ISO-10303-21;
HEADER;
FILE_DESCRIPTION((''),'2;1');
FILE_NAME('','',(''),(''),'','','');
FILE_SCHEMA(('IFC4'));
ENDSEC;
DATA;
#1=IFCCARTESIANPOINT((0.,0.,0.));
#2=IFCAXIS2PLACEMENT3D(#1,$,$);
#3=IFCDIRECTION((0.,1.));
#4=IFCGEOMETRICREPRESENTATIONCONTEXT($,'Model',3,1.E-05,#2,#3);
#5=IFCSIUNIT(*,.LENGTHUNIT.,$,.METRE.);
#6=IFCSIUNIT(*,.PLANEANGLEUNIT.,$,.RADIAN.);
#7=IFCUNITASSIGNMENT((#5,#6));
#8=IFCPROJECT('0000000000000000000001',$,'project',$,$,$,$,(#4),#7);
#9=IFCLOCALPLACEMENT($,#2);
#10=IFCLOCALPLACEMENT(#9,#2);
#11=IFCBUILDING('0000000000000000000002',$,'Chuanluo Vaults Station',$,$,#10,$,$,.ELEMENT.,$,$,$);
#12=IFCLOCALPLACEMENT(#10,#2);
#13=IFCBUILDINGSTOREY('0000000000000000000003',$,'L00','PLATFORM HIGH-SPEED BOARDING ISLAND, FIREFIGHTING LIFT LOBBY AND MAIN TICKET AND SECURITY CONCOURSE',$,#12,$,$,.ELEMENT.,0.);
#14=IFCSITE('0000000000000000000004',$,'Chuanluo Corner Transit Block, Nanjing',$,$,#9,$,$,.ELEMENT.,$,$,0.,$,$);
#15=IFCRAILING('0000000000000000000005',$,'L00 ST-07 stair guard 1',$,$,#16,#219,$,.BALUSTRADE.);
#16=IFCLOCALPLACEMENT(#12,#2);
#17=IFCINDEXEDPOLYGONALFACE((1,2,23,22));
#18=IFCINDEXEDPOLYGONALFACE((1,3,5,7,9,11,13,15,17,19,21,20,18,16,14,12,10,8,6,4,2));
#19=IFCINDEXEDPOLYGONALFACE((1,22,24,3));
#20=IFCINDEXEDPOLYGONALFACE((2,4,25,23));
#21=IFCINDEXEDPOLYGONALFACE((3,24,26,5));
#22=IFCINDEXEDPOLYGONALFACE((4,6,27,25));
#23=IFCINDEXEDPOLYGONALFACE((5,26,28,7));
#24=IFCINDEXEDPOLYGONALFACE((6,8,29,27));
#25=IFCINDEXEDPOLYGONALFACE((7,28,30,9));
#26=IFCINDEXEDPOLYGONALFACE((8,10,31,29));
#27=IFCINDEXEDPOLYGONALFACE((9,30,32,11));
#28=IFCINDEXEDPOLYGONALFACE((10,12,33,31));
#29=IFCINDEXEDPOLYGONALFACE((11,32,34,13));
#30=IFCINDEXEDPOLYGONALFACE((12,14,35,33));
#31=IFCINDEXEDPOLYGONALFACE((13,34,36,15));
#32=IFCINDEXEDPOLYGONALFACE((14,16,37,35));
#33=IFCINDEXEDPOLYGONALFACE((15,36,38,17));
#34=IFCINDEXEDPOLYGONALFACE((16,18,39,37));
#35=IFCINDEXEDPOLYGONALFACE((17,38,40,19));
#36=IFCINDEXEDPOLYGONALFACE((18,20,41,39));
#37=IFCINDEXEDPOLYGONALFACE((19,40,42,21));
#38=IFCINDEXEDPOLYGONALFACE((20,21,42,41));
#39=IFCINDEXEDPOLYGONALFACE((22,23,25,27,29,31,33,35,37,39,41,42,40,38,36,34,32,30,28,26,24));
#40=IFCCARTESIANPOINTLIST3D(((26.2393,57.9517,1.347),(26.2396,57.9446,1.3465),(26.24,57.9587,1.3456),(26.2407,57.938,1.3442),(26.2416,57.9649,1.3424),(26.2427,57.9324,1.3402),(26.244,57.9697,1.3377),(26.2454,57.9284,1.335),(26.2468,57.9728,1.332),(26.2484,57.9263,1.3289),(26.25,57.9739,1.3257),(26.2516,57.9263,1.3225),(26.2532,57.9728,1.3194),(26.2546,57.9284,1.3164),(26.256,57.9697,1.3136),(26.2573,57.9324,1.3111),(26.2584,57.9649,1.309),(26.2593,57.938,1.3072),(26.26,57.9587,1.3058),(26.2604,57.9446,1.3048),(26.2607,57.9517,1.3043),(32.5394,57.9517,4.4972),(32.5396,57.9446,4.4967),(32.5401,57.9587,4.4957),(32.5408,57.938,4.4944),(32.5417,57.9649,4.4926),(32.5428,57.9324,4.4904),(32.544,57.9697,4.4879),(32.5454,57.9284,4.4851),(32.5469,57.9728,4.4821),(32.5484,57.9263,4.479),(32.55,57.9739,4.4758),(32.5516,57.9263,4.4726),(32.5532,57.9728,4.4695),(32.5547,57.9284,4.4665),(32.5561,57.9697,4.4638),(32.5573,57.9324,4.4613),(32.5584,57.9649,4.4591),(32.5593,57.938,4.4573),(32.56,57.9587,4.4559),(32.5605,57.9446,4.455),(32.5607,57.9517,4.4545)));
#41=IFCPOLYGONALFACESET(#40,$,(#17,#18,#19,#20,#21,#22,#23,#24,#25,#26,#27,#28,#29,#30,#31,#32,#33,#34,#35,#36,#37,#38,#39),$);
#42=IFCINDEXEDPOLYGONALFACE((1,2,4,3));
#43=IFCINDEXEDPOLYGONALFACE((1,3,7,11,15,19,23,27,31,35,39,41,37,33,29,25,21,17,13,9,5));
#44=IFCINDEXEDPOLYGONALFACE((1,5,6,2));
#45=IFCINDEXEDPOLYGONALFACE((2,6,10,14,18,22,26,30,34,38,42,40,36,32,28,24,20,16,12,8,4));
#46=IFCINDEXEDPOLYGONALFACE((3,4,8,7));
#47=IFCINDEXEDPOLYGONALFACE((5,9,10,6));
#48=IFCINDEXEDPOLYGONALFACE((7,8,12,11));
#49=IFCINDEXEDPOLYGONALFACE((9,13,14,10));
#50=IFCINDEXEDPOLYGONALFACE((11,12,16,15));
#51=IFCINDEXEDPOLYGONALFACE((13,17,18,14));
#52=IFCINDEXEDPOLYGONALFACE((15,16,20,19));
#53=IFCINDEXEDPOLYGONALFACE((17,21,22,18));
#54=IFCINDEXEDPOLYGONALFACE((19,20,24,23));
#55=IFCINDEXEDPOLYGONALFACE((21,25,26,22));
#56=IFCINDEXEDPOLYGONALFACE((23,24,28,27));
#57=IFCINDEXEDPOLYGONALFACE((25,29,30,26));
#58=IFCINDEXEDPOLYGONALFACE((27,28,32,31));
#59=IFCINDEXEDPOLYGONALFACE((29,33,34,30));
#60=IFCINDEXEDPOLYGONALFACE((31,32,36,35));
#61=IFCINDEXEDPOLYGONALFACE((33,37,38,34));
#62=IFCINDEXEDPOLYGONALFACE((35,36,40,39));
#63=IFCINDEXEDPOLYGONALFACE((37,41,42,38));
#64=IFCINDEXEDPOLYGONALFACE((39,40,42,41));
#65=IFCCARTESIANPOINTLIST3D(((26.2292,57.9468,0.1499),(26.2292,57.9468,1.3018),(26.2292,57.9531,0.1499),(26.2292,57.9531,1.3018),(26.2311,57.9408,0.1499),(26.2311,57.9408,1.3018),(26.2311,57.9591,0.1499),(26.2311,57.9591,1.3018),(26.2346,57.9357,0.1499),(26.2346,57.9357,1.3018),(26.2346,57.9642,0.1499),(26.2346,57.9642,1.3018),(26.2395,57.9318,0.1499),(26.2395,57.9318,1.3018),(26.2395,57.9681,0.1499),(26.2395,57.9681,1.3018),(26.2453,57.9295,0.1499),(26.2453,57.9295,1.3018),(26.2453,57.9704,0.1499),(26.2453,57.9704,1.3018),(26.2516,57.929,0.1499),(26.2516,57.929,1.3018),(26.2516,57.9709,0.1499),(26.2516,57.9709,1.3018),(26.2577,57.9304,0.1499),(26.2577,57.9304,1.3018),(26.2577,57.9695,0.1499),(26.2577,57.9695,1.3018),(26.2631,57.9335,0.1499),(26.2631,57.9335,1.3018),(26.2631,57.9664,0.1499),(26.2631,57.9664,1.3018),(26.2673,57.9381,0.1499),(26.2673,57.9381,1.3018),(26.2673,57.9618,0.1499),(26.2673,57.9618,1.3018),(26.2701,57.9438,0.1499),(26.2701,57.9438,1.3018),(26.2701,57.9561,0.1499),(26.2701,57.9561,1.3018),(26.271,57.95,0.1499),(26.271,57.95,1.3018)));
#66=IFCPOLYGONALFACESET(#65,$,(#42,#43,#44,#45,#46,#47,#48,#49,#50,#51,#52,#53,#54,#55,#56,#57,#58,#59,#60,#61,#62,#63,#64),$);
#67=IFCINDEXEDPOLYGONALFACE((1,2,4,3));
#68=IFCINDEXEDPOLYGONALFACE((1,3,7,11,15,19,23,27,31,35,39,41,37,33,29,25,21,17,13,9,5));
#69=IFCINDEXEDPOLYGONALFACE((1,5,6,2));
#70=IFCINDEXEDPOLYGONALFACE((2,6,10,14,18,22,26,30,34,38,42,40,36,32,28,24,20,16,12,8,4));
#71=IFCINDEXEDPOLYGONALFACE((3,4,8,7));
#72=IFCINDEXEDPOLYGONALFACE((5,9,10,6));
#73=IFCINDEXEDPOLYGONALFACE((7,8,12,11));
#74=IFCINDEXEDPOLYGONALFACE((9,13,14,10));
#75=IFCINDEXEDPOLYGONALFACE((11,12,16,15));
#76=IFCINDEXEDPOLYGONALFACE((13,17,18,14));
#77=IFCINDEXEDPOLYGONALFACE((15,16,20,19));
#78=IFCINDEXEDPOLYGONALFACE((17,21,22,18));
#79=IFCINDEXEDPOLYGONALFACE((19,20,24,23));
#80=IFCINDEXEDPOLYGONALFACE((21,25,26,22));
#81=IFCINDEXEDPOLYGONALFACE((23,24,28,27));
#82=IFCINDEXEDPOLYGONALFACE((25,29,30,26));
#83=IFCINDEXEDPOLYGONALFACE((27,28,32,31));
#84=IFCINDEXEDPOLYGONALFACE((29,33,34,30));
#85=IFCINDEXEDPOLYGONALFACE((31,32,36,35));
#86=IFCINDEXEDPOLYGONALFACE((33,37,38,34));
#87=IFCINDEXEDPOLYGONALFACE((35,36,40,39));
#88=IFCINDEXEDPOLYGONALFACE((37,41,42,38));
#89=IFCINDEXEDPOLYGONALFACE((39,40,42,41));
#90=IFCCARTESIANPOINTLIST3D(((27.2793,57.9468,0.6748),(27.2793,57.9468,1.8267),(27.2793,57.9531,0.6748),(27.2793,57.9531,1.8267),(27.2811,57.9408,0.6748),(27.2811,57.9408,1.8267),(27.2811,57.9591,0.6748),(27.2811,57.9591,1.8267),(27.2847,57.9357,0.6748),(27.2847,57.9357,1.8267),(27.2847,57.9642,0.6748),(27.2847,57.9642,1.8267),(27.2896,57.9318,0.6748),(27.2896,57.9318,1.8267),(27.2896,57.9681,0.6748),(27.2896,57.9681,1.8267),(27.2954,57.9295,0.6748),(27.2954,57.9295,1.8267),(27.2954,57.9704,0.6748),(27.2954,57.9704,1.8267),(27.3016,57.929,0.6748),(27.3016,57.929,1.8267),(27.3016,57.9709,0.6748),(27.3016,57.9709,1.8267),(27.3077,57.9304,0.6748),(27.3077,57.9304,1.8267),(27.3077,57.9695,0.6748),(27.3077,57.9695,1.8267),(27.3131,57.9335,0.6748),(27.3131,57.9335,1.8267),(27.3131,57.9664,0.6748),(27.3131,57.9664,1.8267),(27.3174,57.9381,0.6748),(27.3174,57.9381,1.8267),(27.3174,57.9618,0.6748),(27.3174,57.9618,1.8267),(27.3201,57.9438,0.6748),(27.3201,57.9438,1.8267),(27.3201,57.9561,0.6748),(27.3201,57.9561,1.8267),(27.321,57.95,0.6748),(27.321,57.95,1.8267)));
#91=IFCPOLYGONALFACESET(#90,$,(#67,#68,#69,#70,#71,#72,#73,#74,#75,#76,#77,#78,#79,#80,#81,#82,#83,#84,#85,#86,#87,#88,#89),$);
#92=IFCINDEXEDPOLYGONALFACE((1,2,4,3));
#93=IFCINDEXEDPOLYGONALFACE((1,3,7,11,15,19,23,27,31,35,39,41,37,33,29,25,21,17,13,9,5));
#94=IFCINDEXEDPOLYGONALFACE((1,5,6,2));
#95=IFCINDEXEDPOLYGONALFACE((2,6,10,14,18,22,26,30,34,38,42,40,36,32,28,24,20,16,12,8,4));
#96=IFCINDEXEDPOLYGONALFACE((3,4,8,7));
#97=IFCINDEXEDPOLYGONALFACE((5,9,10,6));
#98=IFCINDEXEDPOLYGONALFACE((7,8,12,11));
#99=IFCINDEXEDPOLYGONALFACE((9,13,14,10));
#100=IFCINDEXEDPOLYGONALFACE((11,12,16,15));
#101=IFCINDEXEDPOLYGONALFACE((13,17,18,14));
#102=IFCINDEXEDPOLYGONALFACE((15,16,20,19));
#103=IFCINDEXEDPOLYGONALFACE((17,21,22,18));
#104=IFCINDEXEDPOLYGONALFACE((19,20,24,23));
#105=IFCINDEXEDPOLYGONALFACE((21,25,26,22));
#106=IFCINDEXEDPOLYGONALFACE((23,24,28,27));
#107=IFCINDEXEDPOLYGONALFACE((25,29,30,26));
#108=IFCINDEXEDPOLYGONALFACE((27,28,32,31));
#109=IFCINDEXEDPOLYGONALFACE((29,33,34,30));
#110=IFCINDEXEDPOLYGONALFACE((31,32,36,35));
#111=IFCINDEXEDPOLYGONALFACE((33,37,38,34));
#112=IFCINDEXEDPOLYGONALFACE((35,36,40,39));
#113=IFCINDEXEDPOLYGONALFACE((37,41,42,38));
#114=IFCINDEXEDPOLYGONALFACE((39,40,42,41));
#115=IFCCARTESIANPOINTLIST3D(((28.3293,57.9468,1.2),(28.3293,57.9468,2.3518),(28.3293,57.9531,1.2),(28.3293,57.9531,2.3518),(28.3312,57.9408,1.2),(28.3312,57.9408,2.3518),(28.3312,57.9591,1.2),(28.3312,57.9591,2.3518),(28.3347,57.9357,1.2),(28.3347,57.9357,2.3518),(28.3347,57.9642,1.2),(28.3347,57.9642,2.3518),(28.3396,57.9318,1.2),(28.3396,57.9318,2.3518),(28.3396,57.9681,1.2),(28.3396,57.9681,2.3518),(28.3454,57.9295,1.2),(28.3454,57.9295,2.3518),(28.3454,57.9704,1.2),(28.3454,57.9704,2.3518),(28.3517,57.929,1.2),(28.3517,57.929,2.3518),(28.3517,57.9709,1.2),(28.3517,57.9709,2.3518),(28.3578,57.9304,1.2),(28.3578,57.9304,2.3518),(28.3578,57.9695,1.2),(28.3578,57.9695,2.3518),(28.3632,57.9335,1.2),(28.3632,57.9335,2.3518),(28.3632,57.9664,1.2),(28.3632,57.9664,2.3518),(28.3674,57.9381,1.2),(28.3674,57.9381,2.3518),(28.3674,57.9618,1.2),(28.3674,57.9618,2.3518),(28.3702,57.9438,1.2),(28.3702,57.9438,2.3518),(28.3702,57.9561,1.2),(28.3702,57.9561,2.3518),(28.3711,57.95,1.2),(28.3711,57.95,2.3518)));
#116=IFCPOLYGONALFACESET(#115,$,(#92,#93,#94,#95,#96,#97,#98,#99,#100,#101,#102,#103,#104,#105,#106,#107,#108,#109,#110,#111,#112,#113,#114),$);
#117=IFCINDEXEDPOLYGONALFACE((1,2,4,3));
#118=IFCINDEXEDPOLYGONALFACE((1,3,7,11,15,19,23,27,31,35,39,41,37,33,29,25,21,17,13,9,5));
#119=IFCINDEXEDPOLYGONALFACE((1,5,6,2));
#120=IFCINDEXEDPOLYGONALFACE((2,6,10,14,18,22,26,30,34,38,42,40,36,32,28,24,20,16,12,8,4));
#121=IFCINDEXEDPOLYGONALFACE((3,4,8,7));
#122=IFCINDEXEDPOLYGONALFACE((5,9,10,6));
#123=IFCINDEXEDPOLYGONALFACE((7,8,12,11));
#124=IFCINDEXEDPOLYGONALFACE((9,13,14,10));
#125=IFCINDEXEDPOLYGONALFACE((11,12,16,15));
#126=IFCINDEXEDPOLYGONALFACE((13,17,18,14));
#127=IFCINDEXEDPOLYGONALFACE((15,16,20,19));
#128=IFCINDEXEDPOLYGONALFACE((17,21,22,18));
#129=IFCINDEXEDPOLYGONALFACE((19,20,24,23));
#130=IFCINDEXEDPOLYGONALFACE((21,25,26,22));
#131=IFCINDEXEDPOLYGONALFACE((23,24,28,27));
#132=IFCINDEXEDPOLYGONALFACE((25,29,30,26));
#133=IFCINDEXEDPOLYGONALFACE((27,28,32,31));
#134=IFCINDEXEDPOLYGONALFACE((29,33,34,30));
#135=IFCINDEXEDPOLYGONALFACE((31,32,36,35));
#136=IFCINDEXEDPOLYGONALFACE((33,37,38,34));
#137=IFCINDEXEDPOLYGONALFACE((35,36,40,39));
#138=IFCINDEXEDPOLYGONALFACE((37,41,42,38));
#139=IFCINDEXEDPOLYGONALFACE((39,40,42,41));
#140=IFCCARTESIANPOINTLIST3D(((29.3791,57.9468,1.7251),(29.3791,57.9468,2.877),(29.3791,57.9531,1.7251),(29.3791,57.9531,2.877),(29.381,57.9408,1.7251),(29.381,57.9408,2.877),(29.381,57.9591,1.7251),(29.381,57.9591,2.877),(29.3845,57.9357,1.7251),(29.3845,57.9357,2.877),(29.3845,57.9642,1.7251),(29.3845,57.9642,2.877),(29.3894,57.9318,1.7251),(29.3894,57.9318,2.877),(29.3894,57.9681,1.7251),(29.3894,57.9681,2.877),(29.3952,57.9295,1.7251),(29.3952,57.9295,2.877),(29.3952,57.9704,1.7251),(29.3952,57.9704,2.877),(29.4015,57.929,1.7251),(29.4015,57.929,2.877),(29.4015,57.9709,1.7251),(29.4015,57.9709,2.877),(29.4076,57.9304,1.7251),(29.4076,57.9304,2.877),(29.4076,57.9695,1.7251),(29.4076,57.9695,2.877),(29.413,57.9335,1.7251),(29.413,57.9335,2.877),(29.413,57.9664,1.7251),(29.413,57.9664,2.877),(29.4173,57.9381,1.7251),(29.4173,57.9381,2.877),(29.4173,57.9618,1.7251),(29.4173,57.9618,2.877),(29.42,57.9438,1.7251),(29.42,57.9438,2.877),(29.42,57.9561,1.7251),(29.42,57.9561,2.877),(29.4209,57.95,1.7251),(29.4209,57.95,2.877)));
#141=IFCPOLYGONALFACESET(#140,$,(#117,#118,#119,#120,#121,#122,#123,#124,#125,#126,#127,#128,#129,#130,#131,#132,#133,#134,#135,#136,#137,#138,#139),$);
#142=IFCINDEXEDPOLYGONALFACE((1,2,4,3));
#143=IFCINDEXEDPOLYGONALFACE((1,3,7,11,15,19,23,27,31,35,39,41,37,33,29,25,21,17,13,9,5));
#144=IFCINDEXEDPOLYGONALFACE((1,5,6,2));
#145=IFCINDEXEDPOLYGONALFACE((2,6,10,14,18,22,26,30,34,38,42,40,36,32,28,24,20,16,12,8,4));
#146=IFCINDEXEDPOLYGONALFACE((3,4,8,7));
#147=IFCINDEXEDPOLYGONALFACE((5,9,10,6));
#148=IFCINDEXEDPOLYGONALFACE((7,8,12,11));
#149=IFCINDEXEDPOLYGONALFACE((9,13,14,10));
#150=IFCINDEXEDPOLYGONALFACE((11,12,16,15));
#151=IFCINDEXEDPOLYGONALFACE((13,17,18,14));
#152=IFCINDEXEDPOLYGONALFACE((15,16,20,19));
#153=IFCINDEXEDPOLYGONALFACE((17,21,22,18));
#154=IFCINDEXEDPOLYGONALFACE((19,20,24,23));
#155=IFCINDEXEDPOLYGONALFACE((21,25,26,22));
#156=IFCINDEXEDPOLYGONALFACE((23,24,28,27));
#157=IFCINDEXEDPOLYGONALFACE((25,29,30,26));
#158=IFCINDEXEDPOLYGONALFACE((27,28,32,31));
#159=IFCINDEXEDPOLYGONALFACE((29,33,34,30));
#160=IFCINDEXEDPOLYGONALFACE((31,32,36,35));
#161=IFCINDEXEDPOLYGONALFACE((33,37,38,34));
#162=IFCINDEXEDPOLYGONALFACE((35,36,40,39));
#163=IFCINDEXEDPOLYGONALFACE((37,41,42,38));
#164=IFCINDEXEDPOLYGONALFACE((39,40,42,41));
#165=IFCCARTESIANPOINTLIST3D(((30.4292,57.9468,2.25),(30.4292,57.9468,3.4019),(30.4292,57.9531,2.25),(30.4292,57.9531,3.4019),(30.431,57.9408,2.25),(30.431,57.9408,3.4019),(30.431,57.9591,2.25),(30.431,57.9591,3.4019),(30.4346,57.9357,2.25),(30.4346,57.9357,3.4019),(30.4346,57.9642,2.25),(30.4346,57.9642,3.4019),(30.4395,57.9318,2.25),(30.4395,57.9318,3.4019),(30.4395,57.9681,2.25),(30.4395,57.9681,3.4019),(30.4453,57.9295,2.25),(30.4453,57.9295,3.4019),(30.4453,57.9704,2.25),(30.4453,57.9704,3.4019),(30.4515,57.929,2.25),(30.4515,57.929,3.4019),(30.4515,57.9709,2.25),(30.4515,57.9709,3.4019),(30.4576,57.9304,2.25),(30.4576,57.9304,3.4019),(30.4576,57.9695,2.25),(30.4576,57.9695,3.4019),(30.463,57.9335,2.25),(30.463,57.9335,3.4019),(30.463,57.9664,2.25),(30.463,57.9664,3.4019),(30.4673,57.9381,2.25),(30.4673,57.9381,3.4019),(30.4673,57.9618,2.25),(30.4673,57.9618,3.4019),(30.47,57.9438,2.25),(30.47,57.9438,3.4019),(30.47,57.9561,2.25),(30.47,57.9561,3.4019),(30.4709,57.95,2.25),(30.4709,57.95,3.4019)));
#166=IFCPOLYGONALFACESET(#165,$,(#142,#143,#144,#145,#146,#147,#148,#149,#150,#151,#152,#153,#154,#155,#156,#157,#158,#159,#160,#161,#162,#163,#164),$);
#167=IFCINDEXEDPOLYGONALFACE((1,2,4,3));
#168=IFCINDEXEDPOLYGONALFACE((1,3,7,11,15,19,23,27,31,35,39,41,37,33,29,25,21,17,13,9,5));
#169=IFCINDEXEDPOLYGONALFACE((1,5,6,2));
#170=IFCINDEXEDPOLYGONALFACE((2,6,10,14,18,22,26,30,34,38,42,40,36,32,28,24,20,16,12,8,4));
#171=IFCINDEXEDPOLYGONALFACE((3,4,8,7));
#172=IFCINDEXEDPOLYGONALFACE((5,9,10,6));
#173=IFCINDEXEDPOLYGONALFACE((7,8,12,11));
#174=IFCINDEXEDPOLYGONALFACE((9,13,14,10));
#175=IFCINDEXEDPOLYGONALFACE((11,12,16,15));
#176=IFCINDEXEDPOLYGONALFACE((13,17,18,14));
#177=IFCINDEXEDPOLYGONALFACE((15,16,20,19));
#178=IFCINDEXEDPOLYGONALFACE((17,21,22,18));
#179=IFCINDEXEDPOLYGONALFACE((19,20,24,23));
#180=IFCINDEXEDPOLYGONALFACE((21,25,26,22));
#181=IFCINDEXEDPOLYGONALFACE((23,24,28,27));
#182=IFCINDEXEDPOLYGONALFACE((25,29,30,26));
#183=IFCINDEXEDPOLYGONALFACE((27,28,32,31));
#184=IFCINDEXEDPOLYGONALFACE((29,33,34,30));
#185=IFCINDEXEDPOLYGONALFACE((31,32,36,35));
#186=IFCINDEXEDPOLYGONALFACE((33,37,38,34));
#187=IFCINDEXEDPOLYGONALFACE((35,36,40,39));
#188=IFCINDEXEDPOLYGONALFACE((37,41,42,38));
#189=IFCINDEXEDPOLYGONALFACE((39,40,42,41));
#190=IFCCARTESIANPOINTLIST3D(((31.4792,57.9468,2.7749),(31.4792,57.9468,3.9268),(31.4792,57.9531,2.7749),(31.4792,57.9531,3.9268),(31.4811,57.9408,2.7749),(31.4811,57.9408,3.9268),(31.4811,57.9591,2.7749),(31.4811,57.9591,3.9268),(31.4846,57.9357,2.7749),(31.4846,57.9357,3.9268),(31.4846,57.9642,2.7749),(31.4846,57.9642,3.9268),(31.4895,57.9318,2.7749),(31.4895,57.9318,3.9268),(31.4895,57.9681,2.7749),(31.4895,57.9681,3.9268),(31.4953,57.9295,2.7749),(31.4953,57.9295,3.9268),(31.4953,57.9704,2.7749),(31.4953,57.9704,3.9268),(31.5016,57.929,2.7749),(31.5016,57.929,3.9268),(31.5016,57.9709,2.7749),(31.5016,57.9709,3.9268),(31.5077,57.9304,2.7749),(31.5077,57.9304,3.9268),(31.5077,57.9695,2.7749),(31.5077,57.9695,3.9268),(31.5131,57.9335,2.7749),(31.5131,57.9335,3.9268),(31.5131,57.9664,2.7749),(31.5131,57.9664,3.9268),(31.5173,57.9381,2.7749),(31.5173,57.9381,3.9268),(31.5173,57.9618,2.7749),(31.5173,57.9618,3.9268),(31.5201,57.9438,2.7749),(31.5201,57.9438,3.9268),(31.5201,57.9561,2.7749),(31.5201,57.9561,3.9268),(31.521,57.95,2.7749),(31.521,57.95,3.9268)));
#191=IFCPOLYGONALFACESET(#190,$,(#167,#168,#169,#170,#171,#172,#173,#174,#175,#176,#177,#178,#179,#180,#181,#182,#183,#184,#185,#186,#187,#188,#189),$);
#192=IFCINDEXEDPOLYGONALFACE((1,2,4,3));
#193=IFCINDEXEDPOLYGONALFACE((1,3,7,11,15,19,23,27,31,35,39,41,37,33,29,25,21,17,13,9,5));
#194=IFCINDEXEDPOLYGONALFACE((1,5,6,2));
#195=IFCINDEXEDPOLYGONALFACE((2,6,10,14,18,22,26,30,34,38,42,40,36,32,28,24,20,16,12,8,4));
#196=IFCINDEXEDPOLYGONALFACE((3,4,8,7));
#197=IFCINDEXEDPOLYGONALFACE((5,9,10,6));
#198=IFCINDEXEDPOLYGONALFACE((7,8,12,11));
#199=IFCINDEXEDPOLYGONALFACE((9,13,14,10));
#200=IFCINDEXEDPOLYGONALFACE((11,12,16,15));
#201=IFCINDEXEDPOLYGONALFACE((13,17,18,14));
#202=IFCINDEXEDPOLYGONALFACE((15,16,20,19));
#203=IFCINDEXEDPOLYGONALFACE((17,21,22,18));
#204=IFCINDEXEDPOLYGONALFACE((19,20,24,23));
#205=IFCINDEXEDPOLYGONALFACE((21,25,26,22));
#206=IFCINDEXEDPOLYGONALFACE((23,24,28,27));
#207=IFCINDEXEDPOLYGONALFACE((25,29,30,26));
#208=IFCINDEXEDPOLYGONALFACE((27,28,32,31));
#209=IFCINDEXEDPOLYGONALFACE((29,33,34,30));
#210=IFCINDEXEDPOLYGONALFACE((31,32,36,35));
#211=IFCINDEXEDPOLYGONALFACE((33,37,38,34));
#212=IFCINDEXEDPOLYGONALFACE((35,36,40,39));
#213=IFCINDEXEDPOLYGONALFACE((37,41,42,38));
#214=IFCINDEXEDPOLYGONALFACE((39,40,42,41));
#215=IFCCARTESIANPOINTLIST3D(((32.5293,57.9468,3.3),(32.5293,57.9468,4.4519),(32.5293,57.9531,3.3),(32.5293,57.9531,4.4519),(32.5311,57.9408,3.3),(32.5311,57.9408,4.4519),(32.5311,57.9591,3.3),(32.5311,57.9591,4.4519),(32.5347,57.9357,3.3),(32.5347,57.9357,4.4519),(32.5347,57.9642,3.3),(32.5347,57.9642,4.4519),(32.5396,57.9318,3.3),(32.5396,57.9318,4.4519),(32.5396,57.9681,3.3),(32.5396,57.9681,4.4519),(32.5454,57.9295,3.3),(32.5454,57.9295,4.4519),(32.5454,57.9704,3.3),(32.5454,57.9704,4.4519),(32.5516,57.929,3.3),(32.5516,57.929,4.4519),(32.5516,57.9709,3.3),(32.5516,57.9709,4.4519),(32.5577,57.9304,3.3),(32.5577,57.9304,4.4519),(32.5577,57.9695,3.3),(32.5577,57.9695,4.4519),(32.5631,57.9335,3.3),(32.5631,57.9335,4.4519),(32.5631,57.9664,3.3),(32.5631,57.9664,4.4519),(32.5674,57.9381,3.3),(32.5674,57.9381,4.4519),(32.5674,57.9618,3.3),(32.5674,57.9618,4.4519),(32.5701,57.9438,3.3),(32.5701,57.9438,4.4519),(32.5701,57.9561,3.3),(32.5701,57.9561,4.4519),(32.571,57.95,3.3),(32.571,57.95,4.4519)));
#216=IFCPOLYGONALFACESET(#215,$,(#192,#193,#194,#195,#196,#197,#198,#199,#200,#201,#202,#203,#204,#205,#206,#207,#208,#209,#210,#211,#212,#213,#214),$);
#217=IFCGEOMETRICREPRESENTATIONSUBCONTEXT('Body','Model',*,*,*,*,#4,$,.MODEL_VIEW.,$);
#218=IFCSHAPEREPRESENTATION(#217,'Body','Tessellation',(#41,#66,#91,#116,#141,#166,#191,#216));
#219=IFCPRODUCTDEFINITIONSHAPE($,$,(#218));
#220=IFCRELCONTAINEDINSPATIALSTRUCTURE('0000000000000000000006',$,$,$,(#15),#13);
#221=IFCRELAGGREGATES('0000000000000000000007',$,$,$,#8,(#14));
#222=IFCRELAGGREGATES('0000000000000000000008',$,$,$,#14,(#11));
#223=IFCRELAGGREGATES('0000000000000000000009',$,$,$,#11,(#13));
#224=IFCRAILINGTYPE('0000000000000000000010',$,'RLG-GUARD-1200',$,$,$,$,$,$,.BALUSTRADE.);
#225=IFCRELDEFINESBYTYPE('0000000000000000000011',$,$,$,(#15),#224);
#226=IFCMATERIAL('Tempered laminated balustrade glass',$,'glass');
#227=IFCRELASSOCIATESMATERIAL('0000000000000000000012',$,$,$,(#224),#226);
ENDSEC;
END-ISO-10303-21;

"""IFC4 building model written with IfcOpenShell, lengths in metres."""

from ifc_helpers import new_model, si_unit, direction, frame, origin, origin_2d, place, context, subcontext, project, spatial, circle, extrude, material, type_object, element, save


model = new_model("IFC4")

# Units and contexts
model_context = context("Model", 3, precision=1e-05, world=origin(), true_north=direction((0.0, 1.0)))
body_context = subcontext(model_context, "Body", "Model", "MODEL_VIEW")
ifc_project = project(units=[si_unit("LENGTHUNIT", "METRE"), si_unit("PLANEANGLEUNIT", "RADIAN")], contexts=[model_context])

# Site, building, storey
site_placement = place(None, origin())
site = spatial("IfcSite", under=ifc_project, at=site_placement, Name="Chuanluo Corner Transit Block, Nanjing", CompositionType="ELEMENT", RefElevation=0.0)
building_placement = place(site_placement, origin())
building = spatial("IfcBuilding", under=site, at=building_placement, Name="Chuanluo Vaults Station", CompositionType="ELEMENT")
storey_placement = place(building_placement, origin())
storey = spatial("IfcBuildingStorey", under=building, at=storey_placement, Name="L00", Description="PLATFORM HIGH-SPEED BOARDING ISLAND, FIREFIGHTING LIFT LOBBY AND MAIN TICKET AND SECURITY CONCOURSE", CompositionType="ELEMENT", Elevation=0.0)

# Railing
ifc_material_1 = material(Name="Tempered laminated balustrade glass", Category="glass")
railing_type_1 = type_object("IfcRailingType", Name="RLG-GUARD-1200", PredefinedType="BALUSTRADE", material=ifc_material_1)
railing_1_placement = place(storey_placement, frame((26.25, 57.95, 0.1499)))
element("IfcRailing", 1, at=railing_1_placement, inside=storey, type_object=railing_type_1, Name="L00 ST-07 stair guard 1", PredefinedType="BALUSTRADE", context=body_context, shape_type="SweptSolid", body=[
    extrude(circle(Radius=0.0239, at=origin_2d()), frame((0.0, 0.0, 1.1758), z_axis=(0.89442, 0.0, 0.447227), x_axis=(0.0, 1.0, 0.0)), (0.0, 0.0, 1.0), 7.0437),
    extrude(circle(Radius=0.021, at=origin_2d()), origin(), (0.0, 0.0, 1.0), 1.1519),
    extrude(circle(Radius=0.021, at=origin_2d()), frame((1.05, 0.0, 0.5249)), (0.0, 0.0, 1.0), 1.1519),
    extrude(circle(Radius=0.021, at=origin_2d()), frame((2.1001, 0.0, 1.05)), (0.0, 0.0, 1.0), 1.1519),
    extrude(circle(Radius=0.021, at=origin_2d()), frame((3.1499, 0.0, 1.5752)), (0.0, 0.0, 1.0), 1.1519),
    extrude(circle(Radius=0.021, at=origin_2d()), frame((4.2, 0.0, 2.1001)), (0.0, 0.0, 1.0), 1.1519),
    extrude(circle(Radius=0.021, at=origin_2d()), frame((5.25, 0.0, 2.625)), (0.0, 0.0, 1.0), 1.1519),
    extrude(circle(Radius=0.021, at=origin_2d()), frame((6.3, 0.0, 3.1501)), (0.0, 0.0, 1.0), 1.1519),
])

save(model, "model.ifc")
